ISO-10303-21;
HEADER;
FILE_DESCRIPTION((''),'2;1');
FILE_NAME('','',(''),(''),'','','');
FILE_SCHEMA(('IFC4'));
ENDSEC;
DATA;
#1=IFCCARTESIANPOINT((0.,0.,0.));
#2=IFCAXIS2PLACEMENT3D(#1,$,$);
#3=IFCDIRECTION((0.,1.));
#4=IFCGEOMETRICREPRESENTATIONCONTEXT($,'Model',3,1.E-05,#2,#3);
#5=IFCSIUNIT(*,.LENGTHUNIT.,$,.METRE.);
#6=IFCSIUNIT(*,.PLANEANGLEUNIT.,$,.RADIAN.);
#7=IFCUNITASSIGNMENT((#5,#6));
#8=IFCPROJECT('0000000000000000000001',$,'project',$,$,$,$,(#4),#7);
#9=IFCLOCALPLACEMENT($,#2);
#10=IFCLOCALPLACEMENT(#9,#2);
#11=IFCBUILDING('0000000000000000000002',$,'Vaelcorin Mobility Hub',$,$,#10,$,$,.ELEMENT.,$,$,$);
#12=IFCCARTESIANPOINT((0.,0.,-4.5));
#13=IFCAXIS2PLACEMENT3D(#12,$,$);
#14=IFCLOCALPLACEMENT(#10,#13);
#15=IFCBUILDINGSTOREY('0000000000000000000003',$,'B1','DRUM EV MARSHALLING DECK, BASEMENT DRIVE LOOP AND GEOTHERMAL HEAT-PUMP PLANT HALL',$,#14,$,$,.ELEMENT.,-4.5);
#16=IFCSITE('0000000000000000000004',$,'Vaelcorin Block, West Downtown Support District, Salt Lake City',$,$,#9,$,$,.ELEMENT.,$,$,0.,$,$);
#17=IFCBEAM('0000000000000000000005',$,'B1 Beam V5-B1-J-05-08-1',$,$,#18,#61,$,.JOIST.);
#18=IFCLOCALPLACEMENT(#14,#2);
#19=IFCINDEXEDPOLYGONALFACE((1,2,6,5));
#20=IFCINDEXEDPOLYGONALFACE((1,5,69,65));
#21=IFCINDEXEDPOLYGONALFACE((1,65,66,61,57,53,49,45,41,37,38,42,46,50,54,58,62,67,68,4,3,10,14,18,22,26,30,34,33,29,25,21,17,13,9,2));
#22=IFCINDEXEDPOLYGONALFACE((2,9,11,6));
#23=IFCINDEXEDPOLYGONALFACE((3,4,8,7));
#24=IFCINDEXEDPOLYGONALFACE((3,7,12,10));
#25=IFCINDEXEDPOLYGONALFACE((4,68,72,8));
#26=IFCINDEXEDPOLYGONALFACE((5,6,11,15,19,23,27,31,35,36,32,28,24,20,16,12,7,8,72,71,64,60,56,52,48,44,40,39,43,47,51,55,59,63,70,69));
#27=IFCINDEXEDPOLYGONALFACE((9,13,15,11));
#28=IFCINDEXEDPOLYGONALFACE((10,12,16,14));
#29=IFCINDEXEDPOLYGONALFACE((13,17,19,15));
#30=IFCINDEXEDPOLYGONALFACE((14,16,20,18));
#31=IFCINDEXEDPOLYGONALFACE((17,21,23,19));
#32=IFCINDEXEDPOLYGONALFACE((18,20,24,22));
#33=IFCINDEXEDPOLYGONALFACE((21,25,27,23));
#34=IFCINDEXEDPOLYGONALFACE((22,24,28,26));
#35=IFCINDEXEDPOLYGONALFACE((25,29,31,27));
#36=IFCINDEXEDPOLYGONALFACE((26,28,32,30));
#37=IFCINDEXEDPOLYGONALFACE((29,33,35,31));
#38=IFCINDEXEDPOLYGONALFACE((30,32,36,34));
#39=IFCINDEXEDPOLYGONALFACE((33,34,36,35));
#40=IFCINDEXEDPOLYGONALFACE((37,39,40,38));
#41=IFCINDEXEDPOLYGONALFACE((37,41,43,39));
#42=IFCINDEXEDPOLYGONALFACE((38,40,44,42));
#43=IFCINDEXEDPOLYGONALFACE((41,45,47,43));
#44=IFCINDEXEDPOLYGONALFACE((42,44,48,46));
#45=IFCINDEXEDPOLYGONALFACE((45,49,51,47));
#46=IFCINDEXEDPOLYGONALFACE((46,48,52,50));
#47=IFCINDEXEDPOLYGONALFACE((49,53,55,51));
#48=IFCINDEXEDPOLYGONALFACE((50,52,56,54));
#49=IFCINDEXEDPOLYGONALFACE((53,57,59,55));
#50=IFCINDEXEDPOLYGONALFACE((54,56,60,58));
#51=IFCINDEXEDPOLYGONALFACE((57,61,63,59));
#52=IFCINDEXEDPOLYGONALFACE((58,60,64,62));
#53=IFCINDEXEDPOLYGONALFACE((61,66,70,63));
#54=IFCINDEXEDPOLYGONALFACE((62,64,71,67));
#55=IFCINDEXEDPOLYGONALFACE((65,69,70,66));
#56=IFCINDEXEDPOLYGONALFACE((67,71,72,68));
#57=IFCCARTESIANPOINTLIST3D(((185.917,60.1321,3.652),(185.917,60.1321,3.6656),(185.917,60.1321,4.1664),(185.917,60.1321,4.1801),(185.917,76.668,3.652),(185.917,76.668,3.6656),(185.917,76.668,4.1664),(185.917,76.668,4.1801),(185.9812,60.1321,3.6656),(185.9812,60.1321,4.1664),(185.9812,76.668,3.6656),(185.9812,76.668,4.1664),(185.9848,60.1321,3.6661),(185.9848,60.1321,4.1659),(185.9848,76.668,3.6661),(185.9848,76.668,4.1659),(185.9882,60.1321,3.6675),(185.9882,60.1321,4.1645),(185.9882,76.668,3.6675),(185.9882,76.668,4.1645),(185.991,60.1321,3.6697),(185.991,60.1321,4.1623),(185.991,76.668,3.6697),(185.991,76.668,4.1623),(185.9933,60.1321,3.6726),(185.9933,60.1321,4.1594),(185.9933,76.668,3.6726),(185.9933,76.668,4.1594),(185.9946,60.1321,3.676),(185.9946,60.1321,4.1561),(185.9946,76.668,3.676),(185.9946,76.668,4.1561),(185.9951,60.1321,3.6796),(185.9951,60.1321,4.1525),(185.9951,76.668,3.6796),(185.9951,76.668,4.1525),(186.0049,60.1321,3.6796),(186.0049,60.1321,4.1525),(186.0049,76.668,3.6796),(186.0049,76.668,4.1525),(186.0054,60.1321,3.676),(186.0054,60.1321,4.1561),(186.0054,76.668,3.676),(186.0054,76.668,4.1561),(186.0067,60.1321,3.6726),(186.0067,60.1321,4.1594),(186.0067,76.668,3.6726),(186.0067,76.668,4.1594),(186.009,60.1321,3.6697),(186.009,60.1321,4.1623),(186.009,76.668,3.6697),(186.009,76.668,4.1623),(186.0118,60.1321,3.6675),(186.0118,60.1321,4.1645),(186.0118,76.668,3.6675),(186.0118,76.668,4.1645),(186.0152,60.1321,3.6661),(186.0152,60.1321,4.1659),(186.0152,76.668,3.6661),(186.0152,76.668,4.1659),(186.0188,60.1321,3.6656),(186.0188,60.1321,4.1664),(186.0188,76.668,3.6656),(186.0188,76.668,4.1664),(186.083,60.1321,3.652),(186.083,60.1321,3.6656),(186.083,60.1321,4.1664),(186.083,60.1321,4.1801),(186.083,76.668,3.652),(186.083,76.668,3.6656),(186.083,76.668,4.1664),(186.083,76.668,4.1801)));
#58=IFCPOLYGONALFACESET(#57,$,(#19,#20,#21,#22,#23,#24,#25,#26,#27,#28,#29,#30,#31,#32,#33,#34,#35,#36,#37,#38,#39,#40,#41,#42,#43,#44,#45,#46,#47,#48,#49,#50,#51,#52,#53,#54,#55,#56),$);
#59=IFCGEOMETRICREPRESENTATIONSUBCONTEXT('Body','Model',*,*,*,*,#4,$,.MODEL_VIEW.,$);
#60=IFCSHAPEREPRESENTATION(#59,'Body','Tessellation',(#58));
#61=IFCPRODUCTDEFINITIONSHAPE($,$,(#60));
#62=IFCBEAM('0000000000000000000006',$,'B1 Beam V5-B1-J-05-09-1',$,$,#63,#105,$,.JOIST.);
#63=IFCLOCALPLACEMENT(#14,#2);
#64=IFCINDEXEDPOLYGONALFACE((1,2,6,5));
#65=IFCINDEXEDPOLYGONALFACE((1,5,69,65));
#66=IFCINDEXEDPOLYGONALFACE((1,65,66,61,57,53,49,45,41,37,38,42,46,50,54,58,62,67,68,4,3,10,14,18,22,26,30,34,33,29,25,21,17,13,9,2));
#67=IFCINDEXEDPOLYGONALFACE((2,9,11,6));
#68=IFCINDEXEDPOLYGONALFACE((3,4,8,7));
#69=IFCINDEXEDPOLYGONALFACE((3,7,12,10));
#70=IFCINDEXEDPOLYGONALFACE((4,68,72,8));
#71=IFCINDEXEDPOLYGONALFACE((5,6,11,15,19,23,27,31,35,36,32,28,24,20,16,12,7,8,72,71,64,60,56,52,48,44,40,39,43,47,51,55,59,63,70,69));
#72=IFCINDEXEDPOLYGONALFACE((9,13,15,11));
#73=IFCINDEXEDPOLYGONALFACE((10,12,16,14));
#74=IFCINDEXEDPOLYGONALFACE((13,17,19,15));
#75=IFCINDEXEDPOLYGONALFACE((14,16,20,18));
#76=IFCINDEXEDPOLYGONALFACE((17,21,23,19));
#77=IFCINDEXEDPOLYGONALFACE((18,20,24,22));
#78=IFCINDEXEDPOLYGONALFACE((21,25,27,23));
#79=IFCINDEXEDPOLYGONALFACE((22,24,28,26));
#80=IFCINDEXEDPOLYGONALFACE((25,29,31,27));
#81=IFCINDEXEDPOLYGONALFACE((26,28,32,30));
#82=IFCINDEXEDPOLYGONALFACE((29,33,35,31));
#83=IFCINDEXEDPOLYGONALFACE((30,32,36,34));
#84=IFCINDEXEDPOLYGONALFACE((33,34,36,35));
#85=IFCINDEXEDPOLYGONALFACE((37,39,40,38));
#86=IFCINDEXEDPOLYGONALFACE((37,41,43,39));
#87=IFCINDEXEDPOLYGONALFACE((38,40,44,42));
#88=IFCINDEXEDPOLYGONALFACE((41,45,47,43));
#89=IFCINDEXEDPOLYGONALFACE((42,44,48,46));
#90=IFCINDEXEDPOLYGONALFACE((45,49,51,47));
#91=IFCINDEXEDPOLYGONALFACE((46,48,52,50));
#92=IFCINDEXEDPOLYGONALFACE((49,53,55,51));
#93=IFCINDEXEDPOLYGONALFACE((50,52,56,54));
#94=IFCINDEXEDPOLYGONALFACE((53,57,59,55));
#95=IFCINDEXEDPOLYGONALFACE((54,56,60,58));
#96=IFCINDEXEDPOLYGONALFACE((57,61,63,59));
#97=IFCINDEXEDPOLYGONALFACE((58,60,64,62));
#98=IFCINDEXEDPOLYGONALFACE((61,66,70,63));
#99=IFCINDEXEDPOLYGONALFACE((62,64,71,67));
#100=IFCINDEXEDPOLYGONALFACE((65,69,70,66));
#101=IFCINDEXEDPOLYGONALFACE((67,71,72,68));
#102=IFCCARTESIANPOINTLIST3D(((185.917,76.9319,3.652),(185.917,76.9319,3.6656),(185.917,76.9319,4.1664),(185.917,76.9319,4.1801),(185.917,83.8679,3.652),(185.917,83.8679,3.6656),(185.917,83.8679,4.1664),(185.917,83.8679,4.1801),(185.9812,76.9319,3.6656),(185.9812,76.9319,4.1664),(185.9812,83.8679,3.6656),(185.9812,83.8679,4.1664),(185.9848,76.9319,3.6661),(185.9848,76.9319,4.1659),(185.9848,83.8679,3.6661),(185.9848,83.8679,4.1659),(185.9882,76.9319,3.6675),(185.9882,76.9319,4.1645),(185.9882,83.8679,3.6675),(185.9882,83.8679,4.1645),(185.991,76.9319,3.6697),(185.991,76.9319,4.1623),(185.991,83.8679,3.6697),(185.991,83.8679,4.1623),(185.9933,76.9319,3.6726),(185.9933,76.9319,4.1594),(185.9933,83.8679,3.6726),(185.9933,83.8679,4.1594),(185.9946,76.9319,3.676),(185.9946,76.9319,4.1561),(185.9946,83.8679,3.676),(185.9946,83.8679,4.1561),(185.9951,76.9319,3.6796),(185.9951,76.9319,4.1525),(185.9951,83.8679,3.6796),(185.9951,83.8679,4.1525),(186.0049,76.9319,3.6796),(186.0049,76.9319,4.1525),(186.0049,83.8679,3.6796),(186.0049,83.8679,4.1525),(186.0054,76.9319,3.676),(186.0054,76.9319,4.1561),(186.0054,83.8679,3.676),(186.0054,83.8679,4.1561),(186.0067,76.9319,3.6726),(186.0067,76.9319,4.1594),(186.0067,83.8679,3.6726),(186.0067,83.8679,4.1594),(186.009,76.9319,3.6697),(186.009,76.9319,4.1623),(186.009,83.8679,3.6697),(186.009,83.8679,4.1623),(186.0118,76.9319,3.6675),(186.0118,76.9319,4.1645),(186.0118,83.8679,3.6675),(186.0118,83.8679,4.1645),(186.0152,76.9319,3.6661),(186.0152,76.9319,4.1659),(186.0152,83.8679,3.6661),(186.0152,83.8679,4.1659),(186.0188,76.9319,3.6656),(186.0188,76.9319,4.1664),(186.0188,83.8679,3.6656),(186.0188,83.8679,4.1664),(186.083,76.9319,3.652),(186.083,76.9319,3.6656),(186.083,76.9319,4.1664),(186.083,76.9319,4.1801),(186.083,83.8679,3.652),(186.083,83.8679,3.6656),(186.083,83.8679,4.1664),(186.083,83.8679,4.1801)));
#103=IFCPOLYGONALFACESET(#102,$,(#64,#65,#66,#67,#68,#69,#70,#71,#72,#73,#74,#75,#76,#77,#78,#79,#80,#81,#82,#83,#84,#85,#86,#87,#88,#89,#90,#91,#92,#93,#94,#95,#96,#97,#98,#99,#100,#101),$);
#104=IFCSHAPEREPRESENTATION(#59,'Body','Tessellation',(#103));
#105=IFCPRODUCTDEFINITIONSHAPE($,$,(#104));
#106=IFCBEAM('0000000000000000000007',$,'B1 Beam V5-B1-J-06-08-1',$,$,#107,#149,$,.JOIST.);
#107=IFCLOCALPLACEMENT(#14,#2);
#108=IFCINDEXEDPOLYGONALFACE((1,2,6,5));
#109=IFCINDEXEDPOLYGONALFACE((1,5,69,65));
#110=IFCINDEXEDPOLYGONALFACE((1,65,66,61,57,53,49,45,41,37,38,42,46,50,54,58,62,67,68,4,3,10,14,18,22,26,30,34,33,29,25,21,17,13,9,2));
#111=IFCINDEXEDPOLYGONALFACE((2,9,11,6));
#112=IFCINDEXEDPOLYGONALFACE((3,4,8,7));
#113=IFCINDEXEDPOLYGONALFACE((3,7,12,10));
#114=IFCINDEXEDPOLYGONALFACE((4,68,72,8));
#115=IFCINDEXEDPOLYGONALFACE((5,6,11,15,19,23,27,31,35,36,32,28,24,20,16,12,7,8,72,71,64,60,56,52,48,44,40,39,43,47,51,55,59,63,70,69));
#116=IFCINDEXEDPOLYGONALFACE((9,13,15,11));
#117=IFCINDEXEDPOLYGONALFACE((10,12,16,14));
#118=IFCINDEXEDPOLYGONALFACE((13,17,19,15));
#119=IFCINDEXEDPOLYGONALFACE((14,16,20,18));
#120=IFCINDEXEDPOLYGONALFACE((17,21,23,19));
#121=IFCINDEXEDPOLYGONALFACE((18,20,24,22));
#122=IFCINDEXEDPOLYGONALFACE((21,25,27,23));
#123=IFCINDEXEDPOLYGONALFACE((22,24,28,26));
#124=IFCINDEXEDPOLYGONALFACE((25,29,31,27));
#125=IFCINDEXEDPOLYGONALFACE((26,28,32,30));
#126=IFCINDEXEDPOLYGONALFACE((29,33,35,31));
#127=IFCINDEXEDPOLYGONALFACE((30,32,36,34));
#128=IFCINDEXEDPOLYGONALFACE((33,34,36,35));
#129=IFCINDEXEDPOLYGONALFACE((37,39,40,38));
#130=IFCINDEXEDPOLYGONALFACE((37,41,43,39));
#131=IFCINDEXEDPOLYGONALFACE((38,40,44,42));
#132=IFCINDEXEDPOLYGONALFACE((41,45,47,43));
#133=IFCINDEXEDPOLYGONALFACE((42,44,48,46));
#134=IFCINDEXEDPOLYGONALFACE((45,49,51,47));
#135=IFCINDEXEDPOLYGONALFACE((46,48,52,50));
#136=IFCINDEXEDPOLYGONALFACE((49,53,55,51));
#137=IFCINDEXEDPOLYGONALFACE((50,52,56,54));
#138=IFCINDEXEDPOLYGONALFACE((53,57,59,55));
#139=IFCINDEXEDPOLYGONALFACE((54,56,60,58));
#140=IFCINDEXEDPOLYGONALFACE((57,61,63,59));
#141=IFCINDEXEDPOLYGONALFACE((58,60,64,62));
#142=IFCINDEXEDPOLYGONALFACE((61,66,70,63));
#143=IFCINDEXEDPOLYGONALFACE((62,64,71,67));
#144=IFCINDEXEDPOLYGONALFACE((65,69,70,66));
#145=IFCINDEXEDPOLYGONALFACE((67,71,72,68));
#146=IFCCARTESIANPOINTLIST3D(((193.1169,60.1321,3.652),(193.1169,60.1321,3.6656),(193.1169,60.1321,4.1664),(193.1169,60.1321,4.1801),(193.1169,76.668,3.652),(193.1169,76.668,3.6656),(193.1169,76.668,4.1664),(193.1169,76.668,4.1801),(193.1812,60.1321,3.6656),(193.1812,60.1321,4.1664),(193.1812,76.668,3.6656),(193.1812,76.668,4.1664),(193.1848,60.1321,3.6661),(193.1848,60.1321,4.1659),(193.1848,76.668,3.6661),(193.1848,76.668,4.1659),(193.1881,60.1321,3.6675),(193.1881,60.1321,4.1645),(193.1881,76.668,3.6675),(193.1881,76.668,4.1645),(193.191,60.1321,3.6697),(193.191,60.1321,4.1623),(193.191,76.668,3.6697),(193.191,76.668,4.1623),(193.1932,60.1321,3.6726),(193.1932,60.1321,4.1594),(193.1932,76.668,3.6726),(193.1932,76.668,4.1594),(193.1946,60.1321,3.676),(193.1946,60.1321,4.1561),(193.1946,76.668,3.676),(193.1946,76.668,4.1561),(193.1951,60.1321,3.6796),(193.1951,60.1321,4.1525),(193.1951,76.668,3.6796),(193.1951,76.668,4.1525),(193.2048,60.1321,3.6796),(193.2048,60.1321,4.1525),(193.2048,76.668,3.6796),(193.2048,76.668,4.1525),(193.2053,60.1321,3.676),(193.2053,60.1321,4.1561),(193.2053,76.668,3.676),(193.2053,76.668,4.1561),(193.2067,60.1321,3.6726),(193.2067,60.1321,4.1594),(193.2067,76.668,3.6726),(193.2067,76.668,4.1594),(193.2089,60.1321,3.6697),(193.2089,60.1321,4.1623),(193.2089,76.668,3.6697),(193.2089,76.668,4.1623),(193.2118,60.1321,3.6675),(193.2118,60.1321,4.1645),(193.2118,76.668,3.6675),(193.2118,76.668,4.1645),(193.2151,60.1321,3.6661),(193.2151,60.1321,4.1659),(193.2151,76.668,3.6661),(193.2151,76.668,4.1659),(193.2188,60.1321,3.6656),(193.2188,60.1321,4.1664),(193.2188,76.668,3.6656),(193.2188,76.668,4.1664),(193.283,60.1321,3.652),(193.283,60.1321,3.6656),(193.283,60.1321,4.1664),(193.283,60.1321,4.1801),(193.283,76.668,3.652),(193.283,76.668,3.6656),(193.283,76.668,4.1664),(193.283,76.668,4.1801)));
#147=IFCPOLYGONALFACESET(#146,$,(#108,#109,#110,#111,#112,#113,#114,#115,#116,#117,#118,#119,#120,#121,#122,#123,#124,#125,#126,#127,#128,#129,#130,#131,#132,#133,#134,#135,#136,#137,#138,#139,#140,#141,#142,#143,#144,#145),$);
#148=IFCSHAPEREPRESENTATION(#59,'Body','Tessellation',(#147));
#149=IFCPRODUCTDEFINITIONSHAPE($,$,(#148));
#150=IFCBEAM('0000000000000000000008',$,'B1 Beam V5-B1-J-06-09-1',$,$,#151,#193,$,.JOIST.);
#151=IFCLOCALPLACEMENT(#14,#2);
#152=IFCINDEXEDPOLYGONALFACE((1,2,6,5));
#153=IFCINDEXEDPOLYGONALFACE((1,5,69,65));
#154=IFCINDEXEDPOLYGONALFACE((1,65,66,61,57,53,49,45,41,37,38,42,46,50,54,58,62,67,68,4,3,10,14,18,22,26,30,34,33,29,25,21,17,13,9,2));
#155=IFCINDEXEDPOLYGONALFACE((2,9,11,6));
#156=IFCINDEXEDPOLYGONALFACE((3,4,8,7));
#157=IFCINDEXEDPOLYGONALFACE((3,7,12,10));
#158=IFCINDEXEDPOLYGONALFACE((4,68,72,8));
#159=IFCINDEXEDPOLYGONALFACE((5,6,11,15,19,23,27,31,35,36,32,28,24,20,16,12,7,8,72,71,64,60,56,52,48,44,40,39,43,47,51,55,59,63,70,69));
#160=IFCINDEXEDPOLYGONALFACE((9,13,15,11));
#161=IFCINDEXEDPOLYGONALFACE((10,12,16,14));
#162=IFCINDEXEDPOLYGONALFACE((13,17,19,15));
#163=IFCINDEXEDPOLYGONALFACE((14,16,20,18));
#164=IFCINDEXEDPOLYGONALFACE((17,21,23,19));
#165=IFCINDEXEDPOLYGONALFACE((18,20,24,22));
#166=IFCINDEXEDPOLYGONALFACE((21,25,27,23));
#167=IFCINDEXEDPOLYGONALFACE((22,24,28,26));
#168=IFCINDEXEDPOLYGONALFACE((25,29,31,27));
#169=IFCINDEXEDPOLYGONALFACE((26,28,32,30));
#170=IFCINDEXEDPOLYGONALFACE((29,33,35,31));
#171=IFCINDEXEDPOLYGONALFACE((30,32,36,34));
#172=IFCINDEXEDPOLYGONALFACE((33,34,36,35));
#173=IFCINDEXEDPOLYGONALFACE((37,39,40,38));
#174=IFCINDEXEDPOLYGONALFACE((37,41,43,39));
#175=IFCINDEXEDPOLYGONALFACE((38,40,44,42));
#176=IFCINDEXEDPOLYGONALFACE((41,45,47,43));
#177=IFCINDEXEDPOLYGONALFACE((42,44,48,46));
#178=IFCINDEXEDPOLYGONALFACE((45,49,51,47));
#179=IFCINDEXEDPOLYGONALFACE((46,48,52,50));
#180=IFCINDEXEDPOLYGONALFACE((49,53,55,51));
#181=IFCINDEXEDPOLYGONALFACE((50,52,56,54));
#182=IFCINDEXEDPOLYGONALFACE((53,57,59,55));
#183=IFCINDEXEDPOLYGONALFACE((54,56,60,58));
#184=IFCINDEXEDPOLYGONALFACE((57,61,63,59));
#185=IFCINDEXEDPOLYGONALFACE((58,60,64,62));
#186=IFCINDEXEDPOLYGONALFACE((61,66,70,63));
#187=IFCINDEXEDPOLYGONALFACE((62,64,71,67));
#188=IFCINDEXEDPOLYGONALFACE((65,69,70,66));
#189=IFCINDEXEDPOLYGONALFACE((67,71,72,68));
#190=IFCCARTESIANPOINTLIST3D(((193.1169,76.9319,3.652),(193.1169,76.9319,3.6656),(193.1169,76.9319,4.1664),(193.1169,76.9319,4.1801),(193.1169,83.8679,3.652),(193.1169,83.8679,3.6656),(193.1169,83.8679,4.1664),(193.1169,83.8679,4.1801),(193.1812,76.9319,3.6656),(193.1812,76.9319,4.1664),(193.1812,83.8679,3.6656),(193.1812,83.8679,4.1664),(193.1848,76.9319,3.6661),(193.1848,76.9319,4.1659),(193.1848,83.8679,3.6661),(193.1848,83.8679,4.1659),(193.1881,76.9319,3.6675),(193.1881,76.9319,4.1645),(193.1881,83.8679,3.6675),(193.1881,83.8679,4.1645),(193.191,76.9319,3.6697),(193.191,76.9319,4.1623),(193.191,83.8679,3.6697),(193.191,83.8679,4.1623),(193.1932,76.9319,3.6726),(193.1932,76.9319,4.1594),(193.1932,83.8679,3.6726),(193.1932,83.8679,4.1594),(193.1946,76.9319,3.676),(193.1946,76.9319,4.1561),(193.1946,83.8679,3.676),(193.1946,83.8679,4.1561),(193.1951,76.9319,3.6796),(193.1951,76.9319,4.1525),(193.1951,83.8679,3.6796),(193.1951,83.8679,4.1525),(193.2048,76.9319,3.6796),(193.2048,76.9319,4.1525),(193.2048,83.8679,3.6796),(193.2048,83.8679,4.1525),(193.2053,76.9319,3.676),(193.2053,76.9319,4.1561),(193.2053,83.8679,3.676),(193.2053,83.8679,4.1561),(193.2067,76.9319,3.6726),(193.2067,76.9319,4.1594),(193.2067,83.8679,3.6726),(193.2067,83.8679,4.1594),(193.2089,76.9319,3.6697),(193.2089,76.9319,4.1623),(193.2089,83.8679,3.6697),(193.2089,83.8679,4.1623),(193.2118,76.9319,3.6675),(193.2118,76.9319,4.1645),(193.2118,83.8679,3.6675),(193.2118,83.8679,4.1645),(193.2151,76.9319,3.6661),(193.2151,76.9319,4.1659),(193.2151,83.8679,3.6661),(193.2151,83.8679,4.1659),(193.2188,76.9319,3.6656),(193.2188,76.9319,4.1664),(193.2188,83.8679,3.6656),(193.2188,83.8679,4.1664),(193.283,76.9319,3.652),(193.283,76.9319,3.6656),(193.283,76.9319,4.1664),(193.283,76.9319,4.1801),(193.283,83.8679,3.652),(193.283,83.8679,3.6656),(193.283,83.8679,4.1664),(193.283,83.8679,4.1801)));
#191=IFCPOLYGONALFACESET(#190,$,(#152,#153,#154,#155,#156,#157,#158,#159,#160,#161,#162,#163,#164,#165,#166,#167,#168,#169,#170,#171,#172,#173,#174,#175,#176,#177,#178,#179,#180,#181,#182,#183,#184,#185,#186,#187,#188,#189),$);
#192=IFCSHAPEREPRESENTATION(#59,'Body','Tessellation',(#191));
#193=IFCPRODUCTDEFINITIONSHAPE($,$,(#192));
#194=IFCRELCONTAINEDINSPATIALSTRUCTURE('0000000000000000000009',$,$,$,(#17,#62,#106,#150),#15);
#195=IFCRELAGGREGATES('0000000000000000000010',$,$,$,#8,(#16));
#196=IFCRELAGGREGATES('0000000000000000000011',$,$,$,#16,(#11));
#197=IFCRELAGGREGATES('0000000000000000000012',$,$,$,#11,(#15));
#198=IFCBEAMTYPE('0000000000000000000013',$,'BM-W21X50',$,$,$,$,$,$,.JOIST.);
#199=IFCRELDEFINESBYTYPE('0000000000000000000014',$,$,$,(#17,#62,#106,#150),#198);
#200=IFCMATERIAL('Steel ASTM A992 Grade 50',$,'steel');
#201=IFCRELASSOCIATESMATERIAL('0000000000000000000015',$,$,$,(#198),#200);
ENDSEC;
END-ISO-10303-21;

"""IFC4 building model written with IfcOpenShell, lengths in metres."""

from ifc_helpers import new_model, si_unit, direction, frame, origin, origin_2d, place, context, subcontext, project, spatial, i_section, extrude, material, material_profile, profile_set, type_object, element, save


model = new_model("IFC4")

# Units and contexts
model_context = context("Model", 3, precision=1e-05, world=origin(), true_north=direction((0.0, 1.0)))
body_context = subcontext(model_context, "Body", "Model", "MODEL_VIEW")
ifc_project = project(units=[si_unit("LENGTHUNIT", "METRE"), si_unit("PLANEANGLEUNIT", "RADIAN")], contexts=[model_context])

# Site, building, storey
site_placement = place(None, origin())
site = spatial("IfcSite", under=ifc_project, at=site_placement, Name="Vaelcorin Block, West Downtown Support District, Salt Lake City", CompositionType="ELEMENT", RefElevation=0.0)
building_placement = place(site_placement, origin())
building = spatial("IfcBuilding", under=site, at=building_placement, Name="Vaelcorin Mobility Hub", CompositionType="ELEMENT")
storey_placement = place(building_placement, frame((0.0, 0.0, -4.5)))
storey = spatial("IfcBuildingStorey", under=building, at=storey_placement, Name="B1", Description="DRUM EV MARSHALLING DECK, BASEMENT DRIVE LOOP AND GEOTHERMAL HEAT-PUMP PLANT HALL", CompositionType="ELEMENT", Elevation=-4.5)

# Shared definitions
ifc_material_1 = material(Name="Steel ASTM A992 Grade 50", Category="steel")

# Beams
ifc_material_profile_1 = material_profile(ifc_material_1, i_section(OverallWidth=0.166, OverallDepth=0.5281, WebThickness=0.0098, FlangeThickness=0.0137, FilletRadius=0.0139, at=origin_2d()), Name="W21X50")
ifc_profile_set_1 = profile_set([ifc_material_profile_1], Name="Steel ASTM A992 Grade 50")
beam_type_1 = type_object("IfcBeamType", Name="BM-W21X50", PredefinedType="JOIST", material=ifc_profile_set_1)
beam_1_placement = place(storey_placement, frame((186.0, 60.1321, 3.916), z_axis=(0.0, 1.0, 0.0), x_axis=(-1.0, 0.0, 0.0)))
element("IfcBeam", 1, at=beam_1_placement, inside=storey, type_object=beam_type_1, Name="B1 Beam V5-B1-J-05-08-1", PredefinedType="JOIST", context=body_context, shape_type="SweptSolid", body=[
    extrude(i_section(OverallWidth=0.166, OverallDepth=0.5281, WebThickness=0.0098, FlangeThickness=0.0137, FilletRadius=0.0139, at=origin_2d()), origin(), (0.0, 0.0, 1.0), 16.5359),
])
beam_2_placement = place(storey_placement, frame((186.0, 76.9319, 3.916), z_axis=(0.0, 1.0, 0.0), x_axis=(-1.0, 0.0, 0.0)))
element("IfcBeam", 2, at=beam_2_placement, inside=storey, type_object=beam_type_1, Name="B1 Beam V5-B1-J-05-09-1", PredefinedType="JOIST", context=body_context, shape_type="SweptSolid", body=[
    extrude(i_section(OverallWidth=0.166, OverallDepth=0.5281, WebThickness=0.0098, FlangeThickness=0.0137, FilletRadius=0.0139, at=origin_2d()), origin(), (0.0, 0.0, 1.0), 6.936),
])
beam_3_placement = place(storey_placement, frame((193.2, 60.1321, 3.916), z_axis=(0.0, 1.0, 0.0), x_axis=(-1.0, 0.0, 0.0)))
element("IfcBeam", 3, at=beam_3_placement, inside=storey, type_object=beam_type_1, Name="B1 Beam V5-B1-J-06-08-1", PredefinedType="JOIST", context=body_context, shape_type="SweptSolid", body=[
    extrude(i_section(OverallWidth=0.166, OverallDepth=0.5281, WebThickness=0.0098, FlangeThickness=0.0137, FilletRadius=0.0139, at=origin_2d()), origin(), (0.0, 0.0, 1.0), 16.5359),
])
beam_4_placement = place(storey_placement, frame((193.2, 76.9319, 3.916), z_axis=(0.0, 1.0, 0.0), x_axis=(-1.0, 0.0, 0.0)))
element("IfcBeam", 4, at=beam_4_placement, inside=storey, type_object=beam_type_1, Name="B1 Beam V5-B1-J-06-09-1", PredefinedType="JOIST", context=body_context, shape_type="SweptSolid", body=[
    extrude(i_section(OverallWidth=0.166, OverallDepth=0.5281, WebThickness=0.0098, FlangeThickness=0.0137, FilletRadius=0.0139, at=origin_2d()), origin(), (0.0, 0.0, 1.0), 6.936),
])

save(model, "model.ifc")
